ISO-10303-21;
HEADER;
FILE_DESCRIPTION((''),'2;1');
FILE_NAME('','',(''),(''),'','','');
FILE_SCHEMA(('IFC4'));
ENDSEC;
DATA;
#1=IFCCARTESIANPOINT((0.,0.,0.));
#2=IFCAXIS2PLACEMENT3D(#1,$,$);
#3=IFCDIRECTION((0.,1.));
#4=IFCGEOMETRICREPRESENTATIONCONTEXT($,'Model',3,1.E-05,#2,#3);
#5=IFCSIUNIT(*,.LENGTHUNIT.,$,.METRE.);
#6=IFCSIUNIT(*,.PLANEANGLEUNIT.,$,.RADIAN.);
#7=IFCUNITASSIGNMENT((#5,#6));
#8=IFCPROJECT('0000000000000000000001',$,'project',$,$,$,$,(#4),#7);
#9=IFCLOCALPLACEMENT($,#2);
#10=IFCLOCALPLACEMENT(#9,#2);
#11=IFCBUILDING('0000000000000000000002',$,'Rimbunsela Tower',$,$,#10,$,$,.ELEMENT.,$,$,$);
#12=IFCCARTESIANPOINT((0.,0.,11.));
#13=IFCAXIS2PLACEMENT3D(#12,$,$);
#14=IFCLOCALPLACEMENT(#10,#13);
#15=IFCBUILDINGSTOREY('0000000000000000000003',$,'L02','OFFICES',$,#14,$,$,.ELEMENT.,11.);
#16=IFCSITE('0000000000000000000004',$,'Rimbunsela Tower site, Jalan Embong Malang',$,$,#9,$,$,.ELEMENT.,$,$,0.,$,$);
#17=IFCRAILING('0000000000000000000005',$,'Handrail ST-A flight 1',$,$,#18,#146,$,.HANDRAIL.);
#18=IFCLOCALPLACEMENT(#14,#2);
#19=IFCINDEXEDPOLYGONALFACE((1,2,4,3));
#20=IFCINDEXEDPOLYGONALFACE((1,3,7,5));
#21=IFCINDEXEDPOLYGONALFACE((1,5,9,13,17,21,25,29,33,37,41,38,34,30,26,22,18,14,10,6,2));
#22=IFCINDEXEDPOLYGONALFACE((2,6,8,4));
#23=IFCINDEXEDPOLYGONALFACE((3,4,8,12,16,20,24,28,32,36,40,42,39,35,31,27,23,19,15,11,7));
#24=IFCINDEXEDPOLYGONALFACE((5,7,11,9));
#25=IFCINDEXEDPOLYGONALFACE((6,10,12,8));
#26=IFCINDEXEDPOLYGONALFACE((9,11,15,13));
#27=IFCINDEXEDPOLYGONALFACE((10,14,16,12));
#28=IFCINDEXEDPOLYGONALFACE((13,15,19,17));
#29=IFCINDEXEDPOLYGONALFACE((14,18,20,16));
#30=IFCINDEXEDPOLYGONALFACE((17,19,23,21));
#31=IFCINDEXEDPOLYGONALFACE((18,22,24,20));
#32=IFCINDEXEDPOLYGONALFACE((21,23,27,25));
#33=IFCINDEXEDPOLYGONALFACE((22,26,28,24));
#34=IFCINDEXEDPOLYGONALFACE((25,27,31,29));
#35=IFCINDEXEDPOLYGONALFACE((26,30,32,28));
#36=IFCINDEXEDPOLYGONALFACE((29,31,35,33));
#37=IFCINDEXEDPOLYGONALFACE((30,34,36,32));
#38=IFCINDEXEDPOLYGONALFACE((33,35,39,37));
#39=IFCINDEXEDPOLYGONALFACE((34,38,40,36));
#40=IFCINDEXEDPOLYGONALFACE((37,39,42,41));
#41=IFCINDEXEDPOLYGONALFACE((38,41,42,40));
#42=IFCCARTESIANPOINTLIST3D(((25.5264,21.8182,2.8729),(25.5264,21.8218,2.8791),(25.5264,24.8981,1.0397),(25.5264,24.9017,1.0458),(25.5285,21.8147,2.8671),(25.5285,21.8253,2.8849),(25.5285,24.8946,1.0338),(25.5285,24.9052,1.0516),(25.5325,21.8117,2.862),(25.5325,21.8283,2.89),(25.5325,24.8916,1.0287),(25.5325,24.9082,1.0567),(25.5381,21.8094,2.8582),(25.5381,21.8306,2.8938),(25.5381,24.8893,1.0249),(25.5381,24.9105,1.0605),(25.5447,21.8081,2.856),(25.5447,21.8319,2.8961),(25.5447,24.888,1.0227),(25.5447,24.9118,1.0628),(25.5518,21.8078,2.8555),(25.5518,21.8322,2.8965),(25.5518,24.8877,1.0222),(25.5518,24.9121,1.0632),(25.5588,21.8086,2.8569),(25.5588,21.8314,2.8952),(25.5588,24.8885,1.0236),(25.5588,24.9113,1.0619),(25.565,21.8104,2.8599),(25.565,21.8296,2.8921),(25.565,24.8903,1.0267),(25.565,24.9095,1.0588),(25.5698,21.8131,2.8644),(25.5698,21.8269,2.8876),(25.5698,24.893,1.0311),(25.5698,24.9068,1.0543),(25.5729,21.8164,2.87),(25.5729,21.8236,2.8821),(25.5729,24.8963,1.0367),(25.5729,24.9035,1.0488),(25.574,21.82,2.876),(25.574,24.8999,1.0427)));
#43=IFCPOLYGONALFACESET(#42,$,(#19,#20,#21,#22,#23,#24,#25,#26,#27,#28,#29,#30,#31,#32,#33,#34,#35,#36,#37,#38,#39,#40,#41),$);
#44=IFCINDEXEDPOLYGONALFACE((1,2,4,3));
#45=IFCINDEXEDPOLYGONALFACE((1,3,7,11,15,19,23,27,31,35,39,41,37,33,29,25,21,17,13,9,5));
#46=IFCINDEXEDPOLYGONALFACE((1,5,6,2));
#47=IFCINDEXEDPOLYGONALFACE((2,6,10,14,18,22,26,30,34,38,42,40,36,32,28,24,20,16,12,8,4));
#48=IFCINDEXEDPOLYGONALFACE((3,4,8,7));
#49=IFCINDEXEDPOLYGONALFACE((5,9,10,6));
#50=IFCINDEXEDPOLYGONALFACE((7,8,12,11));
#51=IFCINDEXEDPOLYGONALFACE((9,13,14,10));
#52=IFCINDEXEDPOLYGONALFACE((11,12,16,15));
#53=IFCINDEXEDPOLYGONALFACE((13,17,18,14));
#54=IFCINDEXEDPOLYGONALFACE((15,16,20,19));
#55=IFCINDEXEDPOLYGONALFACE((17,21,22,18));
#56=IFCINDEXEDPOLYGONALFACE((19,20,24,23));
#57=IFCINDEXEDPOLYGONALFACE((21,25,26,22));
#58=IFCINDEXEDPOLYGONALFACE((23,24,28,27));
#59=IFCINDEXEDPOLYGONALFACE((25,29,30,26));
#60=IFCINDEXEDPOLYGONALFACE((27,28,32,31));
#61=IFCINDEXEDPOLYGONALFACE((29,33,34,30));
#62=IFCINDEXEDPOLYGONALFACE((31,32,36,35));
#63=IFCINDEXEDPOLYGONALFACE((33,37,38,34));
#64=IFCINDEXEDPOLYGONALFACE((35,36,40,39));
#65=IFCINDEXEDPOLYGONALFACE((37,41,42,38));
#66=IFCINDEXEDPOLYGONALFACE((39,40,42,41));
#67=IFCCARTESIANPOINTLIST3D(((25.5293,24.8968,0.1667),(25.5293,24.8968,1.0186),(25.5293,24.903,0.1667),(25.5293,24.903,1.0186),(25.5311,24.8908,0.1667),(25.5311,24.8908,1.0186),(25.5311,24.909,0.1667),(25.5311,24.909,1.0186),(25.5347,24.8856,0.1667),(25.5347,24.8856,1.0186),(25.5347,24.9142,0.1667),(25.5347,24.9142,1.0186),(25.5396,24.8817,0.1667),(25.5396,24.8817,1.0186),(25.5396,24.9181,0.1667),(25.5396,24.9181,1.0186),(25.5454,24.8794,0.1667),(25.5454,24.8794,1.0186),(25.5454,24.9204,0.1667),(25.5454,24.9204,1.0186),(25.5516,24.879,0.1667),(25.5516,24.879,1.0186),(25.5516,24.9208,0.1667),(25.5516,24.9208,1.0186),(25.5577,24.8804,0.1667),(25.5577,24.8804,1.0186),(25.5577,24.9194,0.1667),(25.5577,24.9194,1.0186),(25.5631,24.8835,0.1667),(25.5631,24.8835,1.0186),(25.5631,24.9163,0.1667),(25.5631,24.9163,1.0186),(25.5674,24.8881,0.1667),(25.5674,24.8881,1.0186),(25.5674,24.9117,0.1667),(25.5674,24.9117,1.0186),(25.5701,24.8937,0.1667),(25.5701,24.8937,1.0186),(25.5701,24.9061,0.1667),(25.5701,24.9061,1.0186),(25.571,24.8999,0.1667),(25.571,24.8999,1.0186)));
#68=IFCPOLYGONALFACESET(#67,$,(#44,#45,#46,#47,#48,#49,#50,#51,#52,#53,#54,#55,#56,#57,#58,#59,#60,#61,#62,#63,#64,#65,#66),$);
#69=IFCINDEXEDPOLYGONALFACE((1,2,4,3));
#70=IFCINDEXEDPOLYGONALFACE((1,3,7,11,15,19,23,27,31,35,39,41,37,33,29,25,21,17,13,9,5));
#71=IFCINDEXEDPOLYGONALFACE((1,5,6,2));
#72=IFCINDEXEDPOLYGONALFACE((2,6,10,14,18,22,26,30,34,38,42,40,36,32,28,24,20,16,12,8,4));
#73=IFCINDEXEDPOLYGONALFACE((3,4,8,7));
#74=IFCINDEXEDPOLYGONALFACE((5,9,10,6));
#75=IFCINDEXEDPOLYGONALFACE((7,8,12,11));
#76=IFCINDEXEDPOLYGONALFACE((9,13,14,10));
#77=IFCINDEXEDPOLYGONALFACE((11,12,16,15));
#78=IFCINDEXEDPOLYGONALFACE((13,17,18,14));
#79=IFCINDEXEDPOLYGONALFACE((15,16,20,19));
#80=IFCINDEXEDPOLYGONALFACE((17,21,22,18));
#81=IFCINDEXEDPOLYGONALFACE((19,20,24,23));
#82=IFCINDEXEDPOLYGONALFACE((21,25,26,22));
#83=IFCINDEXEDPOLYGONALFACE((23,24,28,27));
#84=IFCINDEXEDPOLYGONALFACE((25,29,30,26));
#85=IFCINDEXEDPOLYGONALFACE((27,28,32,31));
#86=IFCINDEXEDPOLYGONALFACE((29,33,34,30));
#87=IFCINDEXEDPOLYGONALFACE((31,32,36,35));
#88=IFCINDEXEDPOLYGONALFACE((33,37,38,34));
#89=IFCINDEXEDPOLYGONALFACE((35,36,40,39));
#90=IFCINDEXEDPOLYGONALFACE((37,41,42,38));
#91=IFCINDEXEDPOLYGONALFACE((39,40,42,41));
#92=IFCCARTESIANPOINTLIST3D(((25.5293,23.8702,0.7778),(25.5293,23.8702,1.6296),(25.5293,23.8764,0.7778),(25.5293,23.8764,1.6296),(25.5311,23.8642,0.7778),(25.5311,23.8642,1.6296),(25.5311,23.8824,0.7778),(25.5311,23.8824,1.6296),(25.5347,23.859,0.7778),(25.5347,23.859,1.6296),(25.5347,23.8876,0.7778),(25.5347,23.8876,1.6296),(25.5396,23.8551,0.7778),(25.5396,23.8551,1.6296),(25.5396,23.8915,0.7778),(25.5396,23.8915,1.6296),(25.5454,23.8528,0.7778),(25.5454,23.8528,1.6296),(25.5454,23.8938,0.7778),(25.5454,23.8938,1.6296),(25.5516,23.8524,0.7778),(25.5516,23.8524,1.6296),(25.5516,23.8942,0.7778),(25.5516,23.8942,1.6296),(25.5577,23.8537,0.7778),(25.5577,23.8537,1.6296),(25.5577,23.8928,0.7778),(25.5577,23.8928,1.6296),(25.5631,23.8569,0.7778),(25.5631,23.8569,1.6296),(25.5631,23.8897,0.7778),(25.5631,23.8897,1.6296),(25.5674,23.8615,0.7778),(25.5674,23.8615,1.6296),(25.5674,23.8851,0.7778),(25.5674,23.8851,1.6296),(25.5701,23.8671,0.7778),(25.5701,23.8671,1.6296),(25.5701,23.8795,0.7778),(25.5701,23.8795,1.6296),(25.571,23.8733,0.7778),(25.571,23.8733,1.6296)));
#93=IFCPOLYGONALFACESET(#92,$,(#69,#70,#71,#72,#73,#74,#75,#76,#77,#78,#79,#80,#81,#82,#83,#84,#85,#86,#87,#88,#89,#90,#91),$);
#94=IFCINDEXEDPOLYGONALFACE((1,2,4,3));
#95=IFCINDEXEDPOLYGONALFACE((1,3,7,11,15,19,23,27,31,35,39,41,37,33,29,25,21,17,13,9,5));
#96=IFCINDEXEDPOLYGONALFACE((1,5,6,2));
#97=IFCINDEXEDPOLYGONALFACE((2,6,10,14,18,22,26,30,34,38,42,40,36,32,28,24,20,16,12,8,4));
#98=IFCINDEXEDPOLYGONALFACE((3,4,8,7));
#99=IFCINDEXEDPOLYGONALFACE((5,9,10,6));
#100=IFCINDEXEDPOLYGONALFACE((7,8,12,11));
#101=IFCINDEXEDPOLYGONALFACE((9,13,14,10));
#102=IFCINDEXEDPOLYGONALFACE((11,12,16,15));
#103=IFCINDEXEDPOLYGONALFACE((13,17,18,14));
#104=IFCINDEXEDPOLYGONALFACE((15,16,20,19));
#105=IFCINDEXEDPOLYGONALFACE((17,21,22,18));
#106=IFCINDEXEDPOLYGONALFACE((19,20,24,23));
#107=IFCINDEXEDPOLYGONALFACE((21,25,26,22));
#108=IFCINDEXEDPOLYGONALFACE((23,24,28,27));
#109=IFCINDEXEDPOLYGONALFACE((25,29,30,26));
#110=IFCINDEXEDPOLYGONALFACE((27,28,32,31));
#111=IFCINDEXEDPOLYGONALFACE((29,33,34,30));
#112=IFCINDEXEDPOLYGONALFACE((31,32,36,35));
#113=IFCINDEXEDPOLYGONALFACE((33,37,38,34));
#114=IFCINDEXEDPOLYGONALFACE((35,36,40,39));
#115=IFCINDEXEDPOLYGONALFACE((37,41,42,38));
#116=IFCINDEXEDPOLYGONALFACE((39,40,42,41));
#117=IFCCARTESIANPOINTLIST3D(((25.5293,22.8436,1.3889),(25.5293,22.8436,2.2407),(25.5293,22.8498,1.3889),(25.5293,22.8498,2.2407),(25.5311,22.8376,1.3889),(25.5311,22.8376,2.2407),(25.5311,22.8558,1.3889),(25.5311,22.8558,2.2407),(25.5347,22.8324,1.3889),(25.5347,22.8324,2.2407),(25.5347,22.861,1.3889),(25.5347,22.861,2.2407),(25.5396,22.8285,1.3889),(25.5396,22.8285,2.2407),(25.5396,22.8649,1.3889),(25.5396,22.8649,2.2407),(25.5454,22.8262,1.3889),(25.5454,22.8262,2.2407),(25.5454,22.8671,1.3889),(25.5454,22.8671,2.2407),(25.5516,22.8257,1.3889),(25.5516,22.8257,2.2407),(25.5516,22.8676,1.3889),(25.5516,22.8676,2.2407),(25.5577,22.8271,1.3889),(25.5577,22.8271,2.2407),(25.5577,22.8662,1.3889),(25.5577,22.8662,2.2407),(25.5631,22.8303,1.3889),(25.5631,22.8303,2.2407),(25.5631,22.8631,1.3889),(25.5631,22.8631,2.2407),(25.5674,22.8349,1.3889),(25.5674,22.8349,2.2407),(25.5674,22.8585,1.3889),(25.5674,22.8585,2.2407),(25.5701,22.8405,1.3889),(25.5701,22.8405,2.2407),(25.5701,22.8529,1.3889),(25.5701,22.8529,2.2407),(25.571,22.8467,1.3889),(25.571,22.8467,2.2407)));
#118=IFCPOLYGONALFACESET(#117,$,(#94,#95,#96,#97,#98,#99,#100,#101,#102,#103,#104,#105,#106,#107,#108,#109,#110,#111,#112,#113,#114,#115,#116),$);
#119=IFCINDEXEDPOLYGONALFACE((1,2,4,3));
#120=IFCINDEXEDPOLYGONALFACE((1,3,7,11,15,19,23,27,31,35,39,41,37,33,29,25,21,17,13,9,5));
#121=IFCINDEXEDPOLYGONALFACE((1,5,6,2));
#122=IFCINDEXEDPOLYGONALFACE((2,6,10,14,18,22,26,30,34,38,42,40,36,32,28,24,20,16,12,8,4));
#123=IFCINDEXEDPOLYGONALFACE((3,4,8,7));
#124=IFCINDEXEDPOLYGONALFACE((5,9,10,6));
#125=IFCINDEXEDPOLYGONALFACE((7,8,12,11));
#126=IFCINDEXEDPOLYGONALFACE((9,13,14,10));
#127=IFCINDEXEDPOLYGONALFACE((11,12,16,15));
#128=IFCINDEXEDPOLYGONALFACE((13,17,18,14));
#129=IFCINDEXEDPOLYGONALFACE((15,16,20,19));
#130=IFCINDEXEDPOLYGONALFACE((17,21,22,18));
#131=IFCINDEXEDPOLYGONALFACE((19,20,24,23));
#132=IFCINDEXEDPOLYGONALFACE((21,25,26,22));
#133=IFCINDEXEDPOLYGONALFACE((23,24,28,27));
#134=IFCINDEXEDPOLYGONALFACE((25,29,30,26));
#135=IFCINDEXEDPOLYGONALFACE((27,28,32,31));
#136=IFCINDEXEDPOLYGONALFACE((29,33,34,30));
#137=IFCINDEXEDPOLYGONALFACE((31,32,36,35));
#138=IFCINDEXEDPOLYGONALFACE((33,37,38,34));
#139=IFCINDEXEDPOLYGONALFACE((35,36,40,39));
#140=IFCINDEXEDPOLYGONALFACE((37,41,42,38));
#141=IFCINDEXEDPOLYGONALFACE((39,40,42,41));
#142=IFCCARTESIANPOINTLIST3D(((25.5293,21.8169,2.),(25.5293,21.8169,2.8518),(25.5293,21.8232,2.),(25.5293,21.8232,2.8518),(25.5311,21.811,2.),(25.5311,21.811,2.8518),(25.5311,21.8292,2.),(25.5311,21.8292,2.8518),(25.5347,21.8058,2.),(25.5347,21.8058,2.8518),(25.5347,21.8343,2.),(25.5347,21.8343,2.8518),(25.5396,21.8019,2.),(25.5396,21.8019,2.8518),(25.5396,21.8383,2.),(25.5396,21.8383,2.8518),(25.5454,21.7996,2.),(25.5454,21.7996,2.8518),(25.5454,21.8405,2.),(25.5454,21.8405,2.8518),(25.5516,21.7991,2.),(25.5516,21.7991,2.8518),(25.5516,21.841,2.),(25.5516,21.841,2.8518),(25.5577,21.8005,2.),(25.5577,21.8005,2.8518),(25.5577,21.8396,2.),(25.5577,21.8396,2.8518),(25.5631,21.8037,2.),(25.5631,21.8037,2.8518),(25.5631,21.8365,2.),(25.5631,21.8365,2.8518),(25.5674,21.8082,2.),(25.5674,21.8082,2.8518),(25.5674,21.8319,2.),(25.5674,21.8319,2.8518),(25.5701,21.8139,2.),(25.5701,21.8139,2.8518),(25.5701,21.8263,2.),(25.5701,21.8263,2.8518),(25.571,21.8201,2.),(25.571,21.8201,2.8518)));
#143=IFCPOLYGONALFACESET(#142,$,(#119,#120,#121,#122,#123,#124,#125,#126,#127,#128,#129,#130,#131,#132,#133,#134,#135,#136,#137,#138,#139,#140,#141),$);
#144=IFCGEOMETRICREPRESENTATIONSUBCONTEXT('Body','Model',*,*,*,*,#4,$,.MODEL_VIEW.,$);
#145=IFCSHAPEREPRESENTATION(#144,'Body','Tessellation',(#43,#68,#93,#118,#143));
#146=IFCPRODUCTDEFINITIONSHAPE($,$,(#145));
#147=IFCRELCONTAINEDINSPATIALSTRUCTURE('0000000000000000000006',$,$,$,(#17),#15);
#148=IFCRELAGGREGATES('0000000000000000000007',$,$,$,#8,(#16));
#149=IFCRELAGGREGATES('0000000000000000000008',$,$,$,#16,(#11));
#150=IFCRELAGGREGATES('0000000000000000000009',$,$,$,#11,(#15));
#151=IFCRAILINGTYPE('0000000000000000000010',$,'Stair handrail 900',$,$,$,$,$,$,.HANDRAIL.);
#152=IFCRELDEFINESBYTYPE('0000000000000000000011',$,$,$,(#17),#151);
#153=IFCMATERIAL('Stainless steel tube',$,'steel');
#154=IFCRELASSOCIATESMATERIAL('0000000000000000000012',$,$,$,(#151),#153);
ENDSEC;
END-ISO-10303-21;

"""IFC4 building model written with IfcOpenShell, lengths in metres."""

from ifc_helpers import new_model, si_unit, direction, frame, origin, origin_2d, place, context, subcontext, project, spatial, circle, extrude, material, type_object, element, save


model = new_model("IFC4")

# Units and contexts
model_context = context("Model", 3, precision=1e-05, world=origin(), true_north=direction((0.0, 1.0)))
body_context = subcontext(model_context, "Body", "Model", "MODEL_VIEW")
ifc_project = project(units=[si_unit("LENGTHUNIT", "METRE"), si_unit("PLANEANGLEUNIT", "RADIAN")], contexts=[model_context])

# Site, building, storey
site_placement = place(None, origin())
site = spatial("IfcSite", under=ifc_project, at=site_placement, Name="Rimbunsela Tower site, Jalan Embong Malang", CompositionType="ELEMENT", RefElevation=0.0)
building_placement = place(site_placement, origin())
building = spatial("IfcBuilding", under=site, at=building_placement, Name="Rimbunsela Tower", CompositionType="ELEMENT")
storey_placement = place(building_placement, frame((0.0, 0.0, 11.0)))
storey = spatial("IfcBuildingStorey", under=building, at=storey_placement, Name="L02", Description="OFFICES", CompositionType="ELEMENT", Elevation=11.0)

# Railing
ifc_material_1 = material(Name="Stainless steel tube", Category="steel")
railing_type = type_object("IfcRailingType", Name="Stair handrail 900", PredefinedType="HANDRAIL", material=ifc_material_1)
railing_1_placement = place(storey_placement, frame((25.55, 24.8999, 0.1667)))
element("IfcRailing", 1, at=railing_1_placement, inside=storey, type_object=railing_type, Name="Handrail ST-A flight 1", PredefinedType="HANDRAIL", context=body_context, shape_type="SweptSolid", body=[
    extrude(circle(Radius=0.0239, at=origin_2d()), frame((0.0, 0.0, 0.876), z_axis=(0.0, -0.859291, 0.511487), x_axis=(1.0, 0.0, 0.0)), (0.0, 0.0, 1.0), 3.5842),
    extrude(circle(Radius=0.021, at=origin_2d()), origin(), (0.0, 0.0, 1.0), 0.8518),
    extrude(circle(Radius=0.021, at=origin_2d()), frame((0.0, -1.0266, 0.6111)), (0.0, 0.0, 1.0), 0.8518),
    extrude(circle(Radius=0.021, at=origin_2d()), frame((0.0, -2.0532, 1.2222)), (0.0, 0.0, 1.0), 0.8518),
    extrude(circle(Radius=0.021, at=origin_2d()), frame((0.0, -3.0798, 1.8333)), (0.0, 0.0, 1.0), 0.8518),
])

save(model, "model.ifc")
